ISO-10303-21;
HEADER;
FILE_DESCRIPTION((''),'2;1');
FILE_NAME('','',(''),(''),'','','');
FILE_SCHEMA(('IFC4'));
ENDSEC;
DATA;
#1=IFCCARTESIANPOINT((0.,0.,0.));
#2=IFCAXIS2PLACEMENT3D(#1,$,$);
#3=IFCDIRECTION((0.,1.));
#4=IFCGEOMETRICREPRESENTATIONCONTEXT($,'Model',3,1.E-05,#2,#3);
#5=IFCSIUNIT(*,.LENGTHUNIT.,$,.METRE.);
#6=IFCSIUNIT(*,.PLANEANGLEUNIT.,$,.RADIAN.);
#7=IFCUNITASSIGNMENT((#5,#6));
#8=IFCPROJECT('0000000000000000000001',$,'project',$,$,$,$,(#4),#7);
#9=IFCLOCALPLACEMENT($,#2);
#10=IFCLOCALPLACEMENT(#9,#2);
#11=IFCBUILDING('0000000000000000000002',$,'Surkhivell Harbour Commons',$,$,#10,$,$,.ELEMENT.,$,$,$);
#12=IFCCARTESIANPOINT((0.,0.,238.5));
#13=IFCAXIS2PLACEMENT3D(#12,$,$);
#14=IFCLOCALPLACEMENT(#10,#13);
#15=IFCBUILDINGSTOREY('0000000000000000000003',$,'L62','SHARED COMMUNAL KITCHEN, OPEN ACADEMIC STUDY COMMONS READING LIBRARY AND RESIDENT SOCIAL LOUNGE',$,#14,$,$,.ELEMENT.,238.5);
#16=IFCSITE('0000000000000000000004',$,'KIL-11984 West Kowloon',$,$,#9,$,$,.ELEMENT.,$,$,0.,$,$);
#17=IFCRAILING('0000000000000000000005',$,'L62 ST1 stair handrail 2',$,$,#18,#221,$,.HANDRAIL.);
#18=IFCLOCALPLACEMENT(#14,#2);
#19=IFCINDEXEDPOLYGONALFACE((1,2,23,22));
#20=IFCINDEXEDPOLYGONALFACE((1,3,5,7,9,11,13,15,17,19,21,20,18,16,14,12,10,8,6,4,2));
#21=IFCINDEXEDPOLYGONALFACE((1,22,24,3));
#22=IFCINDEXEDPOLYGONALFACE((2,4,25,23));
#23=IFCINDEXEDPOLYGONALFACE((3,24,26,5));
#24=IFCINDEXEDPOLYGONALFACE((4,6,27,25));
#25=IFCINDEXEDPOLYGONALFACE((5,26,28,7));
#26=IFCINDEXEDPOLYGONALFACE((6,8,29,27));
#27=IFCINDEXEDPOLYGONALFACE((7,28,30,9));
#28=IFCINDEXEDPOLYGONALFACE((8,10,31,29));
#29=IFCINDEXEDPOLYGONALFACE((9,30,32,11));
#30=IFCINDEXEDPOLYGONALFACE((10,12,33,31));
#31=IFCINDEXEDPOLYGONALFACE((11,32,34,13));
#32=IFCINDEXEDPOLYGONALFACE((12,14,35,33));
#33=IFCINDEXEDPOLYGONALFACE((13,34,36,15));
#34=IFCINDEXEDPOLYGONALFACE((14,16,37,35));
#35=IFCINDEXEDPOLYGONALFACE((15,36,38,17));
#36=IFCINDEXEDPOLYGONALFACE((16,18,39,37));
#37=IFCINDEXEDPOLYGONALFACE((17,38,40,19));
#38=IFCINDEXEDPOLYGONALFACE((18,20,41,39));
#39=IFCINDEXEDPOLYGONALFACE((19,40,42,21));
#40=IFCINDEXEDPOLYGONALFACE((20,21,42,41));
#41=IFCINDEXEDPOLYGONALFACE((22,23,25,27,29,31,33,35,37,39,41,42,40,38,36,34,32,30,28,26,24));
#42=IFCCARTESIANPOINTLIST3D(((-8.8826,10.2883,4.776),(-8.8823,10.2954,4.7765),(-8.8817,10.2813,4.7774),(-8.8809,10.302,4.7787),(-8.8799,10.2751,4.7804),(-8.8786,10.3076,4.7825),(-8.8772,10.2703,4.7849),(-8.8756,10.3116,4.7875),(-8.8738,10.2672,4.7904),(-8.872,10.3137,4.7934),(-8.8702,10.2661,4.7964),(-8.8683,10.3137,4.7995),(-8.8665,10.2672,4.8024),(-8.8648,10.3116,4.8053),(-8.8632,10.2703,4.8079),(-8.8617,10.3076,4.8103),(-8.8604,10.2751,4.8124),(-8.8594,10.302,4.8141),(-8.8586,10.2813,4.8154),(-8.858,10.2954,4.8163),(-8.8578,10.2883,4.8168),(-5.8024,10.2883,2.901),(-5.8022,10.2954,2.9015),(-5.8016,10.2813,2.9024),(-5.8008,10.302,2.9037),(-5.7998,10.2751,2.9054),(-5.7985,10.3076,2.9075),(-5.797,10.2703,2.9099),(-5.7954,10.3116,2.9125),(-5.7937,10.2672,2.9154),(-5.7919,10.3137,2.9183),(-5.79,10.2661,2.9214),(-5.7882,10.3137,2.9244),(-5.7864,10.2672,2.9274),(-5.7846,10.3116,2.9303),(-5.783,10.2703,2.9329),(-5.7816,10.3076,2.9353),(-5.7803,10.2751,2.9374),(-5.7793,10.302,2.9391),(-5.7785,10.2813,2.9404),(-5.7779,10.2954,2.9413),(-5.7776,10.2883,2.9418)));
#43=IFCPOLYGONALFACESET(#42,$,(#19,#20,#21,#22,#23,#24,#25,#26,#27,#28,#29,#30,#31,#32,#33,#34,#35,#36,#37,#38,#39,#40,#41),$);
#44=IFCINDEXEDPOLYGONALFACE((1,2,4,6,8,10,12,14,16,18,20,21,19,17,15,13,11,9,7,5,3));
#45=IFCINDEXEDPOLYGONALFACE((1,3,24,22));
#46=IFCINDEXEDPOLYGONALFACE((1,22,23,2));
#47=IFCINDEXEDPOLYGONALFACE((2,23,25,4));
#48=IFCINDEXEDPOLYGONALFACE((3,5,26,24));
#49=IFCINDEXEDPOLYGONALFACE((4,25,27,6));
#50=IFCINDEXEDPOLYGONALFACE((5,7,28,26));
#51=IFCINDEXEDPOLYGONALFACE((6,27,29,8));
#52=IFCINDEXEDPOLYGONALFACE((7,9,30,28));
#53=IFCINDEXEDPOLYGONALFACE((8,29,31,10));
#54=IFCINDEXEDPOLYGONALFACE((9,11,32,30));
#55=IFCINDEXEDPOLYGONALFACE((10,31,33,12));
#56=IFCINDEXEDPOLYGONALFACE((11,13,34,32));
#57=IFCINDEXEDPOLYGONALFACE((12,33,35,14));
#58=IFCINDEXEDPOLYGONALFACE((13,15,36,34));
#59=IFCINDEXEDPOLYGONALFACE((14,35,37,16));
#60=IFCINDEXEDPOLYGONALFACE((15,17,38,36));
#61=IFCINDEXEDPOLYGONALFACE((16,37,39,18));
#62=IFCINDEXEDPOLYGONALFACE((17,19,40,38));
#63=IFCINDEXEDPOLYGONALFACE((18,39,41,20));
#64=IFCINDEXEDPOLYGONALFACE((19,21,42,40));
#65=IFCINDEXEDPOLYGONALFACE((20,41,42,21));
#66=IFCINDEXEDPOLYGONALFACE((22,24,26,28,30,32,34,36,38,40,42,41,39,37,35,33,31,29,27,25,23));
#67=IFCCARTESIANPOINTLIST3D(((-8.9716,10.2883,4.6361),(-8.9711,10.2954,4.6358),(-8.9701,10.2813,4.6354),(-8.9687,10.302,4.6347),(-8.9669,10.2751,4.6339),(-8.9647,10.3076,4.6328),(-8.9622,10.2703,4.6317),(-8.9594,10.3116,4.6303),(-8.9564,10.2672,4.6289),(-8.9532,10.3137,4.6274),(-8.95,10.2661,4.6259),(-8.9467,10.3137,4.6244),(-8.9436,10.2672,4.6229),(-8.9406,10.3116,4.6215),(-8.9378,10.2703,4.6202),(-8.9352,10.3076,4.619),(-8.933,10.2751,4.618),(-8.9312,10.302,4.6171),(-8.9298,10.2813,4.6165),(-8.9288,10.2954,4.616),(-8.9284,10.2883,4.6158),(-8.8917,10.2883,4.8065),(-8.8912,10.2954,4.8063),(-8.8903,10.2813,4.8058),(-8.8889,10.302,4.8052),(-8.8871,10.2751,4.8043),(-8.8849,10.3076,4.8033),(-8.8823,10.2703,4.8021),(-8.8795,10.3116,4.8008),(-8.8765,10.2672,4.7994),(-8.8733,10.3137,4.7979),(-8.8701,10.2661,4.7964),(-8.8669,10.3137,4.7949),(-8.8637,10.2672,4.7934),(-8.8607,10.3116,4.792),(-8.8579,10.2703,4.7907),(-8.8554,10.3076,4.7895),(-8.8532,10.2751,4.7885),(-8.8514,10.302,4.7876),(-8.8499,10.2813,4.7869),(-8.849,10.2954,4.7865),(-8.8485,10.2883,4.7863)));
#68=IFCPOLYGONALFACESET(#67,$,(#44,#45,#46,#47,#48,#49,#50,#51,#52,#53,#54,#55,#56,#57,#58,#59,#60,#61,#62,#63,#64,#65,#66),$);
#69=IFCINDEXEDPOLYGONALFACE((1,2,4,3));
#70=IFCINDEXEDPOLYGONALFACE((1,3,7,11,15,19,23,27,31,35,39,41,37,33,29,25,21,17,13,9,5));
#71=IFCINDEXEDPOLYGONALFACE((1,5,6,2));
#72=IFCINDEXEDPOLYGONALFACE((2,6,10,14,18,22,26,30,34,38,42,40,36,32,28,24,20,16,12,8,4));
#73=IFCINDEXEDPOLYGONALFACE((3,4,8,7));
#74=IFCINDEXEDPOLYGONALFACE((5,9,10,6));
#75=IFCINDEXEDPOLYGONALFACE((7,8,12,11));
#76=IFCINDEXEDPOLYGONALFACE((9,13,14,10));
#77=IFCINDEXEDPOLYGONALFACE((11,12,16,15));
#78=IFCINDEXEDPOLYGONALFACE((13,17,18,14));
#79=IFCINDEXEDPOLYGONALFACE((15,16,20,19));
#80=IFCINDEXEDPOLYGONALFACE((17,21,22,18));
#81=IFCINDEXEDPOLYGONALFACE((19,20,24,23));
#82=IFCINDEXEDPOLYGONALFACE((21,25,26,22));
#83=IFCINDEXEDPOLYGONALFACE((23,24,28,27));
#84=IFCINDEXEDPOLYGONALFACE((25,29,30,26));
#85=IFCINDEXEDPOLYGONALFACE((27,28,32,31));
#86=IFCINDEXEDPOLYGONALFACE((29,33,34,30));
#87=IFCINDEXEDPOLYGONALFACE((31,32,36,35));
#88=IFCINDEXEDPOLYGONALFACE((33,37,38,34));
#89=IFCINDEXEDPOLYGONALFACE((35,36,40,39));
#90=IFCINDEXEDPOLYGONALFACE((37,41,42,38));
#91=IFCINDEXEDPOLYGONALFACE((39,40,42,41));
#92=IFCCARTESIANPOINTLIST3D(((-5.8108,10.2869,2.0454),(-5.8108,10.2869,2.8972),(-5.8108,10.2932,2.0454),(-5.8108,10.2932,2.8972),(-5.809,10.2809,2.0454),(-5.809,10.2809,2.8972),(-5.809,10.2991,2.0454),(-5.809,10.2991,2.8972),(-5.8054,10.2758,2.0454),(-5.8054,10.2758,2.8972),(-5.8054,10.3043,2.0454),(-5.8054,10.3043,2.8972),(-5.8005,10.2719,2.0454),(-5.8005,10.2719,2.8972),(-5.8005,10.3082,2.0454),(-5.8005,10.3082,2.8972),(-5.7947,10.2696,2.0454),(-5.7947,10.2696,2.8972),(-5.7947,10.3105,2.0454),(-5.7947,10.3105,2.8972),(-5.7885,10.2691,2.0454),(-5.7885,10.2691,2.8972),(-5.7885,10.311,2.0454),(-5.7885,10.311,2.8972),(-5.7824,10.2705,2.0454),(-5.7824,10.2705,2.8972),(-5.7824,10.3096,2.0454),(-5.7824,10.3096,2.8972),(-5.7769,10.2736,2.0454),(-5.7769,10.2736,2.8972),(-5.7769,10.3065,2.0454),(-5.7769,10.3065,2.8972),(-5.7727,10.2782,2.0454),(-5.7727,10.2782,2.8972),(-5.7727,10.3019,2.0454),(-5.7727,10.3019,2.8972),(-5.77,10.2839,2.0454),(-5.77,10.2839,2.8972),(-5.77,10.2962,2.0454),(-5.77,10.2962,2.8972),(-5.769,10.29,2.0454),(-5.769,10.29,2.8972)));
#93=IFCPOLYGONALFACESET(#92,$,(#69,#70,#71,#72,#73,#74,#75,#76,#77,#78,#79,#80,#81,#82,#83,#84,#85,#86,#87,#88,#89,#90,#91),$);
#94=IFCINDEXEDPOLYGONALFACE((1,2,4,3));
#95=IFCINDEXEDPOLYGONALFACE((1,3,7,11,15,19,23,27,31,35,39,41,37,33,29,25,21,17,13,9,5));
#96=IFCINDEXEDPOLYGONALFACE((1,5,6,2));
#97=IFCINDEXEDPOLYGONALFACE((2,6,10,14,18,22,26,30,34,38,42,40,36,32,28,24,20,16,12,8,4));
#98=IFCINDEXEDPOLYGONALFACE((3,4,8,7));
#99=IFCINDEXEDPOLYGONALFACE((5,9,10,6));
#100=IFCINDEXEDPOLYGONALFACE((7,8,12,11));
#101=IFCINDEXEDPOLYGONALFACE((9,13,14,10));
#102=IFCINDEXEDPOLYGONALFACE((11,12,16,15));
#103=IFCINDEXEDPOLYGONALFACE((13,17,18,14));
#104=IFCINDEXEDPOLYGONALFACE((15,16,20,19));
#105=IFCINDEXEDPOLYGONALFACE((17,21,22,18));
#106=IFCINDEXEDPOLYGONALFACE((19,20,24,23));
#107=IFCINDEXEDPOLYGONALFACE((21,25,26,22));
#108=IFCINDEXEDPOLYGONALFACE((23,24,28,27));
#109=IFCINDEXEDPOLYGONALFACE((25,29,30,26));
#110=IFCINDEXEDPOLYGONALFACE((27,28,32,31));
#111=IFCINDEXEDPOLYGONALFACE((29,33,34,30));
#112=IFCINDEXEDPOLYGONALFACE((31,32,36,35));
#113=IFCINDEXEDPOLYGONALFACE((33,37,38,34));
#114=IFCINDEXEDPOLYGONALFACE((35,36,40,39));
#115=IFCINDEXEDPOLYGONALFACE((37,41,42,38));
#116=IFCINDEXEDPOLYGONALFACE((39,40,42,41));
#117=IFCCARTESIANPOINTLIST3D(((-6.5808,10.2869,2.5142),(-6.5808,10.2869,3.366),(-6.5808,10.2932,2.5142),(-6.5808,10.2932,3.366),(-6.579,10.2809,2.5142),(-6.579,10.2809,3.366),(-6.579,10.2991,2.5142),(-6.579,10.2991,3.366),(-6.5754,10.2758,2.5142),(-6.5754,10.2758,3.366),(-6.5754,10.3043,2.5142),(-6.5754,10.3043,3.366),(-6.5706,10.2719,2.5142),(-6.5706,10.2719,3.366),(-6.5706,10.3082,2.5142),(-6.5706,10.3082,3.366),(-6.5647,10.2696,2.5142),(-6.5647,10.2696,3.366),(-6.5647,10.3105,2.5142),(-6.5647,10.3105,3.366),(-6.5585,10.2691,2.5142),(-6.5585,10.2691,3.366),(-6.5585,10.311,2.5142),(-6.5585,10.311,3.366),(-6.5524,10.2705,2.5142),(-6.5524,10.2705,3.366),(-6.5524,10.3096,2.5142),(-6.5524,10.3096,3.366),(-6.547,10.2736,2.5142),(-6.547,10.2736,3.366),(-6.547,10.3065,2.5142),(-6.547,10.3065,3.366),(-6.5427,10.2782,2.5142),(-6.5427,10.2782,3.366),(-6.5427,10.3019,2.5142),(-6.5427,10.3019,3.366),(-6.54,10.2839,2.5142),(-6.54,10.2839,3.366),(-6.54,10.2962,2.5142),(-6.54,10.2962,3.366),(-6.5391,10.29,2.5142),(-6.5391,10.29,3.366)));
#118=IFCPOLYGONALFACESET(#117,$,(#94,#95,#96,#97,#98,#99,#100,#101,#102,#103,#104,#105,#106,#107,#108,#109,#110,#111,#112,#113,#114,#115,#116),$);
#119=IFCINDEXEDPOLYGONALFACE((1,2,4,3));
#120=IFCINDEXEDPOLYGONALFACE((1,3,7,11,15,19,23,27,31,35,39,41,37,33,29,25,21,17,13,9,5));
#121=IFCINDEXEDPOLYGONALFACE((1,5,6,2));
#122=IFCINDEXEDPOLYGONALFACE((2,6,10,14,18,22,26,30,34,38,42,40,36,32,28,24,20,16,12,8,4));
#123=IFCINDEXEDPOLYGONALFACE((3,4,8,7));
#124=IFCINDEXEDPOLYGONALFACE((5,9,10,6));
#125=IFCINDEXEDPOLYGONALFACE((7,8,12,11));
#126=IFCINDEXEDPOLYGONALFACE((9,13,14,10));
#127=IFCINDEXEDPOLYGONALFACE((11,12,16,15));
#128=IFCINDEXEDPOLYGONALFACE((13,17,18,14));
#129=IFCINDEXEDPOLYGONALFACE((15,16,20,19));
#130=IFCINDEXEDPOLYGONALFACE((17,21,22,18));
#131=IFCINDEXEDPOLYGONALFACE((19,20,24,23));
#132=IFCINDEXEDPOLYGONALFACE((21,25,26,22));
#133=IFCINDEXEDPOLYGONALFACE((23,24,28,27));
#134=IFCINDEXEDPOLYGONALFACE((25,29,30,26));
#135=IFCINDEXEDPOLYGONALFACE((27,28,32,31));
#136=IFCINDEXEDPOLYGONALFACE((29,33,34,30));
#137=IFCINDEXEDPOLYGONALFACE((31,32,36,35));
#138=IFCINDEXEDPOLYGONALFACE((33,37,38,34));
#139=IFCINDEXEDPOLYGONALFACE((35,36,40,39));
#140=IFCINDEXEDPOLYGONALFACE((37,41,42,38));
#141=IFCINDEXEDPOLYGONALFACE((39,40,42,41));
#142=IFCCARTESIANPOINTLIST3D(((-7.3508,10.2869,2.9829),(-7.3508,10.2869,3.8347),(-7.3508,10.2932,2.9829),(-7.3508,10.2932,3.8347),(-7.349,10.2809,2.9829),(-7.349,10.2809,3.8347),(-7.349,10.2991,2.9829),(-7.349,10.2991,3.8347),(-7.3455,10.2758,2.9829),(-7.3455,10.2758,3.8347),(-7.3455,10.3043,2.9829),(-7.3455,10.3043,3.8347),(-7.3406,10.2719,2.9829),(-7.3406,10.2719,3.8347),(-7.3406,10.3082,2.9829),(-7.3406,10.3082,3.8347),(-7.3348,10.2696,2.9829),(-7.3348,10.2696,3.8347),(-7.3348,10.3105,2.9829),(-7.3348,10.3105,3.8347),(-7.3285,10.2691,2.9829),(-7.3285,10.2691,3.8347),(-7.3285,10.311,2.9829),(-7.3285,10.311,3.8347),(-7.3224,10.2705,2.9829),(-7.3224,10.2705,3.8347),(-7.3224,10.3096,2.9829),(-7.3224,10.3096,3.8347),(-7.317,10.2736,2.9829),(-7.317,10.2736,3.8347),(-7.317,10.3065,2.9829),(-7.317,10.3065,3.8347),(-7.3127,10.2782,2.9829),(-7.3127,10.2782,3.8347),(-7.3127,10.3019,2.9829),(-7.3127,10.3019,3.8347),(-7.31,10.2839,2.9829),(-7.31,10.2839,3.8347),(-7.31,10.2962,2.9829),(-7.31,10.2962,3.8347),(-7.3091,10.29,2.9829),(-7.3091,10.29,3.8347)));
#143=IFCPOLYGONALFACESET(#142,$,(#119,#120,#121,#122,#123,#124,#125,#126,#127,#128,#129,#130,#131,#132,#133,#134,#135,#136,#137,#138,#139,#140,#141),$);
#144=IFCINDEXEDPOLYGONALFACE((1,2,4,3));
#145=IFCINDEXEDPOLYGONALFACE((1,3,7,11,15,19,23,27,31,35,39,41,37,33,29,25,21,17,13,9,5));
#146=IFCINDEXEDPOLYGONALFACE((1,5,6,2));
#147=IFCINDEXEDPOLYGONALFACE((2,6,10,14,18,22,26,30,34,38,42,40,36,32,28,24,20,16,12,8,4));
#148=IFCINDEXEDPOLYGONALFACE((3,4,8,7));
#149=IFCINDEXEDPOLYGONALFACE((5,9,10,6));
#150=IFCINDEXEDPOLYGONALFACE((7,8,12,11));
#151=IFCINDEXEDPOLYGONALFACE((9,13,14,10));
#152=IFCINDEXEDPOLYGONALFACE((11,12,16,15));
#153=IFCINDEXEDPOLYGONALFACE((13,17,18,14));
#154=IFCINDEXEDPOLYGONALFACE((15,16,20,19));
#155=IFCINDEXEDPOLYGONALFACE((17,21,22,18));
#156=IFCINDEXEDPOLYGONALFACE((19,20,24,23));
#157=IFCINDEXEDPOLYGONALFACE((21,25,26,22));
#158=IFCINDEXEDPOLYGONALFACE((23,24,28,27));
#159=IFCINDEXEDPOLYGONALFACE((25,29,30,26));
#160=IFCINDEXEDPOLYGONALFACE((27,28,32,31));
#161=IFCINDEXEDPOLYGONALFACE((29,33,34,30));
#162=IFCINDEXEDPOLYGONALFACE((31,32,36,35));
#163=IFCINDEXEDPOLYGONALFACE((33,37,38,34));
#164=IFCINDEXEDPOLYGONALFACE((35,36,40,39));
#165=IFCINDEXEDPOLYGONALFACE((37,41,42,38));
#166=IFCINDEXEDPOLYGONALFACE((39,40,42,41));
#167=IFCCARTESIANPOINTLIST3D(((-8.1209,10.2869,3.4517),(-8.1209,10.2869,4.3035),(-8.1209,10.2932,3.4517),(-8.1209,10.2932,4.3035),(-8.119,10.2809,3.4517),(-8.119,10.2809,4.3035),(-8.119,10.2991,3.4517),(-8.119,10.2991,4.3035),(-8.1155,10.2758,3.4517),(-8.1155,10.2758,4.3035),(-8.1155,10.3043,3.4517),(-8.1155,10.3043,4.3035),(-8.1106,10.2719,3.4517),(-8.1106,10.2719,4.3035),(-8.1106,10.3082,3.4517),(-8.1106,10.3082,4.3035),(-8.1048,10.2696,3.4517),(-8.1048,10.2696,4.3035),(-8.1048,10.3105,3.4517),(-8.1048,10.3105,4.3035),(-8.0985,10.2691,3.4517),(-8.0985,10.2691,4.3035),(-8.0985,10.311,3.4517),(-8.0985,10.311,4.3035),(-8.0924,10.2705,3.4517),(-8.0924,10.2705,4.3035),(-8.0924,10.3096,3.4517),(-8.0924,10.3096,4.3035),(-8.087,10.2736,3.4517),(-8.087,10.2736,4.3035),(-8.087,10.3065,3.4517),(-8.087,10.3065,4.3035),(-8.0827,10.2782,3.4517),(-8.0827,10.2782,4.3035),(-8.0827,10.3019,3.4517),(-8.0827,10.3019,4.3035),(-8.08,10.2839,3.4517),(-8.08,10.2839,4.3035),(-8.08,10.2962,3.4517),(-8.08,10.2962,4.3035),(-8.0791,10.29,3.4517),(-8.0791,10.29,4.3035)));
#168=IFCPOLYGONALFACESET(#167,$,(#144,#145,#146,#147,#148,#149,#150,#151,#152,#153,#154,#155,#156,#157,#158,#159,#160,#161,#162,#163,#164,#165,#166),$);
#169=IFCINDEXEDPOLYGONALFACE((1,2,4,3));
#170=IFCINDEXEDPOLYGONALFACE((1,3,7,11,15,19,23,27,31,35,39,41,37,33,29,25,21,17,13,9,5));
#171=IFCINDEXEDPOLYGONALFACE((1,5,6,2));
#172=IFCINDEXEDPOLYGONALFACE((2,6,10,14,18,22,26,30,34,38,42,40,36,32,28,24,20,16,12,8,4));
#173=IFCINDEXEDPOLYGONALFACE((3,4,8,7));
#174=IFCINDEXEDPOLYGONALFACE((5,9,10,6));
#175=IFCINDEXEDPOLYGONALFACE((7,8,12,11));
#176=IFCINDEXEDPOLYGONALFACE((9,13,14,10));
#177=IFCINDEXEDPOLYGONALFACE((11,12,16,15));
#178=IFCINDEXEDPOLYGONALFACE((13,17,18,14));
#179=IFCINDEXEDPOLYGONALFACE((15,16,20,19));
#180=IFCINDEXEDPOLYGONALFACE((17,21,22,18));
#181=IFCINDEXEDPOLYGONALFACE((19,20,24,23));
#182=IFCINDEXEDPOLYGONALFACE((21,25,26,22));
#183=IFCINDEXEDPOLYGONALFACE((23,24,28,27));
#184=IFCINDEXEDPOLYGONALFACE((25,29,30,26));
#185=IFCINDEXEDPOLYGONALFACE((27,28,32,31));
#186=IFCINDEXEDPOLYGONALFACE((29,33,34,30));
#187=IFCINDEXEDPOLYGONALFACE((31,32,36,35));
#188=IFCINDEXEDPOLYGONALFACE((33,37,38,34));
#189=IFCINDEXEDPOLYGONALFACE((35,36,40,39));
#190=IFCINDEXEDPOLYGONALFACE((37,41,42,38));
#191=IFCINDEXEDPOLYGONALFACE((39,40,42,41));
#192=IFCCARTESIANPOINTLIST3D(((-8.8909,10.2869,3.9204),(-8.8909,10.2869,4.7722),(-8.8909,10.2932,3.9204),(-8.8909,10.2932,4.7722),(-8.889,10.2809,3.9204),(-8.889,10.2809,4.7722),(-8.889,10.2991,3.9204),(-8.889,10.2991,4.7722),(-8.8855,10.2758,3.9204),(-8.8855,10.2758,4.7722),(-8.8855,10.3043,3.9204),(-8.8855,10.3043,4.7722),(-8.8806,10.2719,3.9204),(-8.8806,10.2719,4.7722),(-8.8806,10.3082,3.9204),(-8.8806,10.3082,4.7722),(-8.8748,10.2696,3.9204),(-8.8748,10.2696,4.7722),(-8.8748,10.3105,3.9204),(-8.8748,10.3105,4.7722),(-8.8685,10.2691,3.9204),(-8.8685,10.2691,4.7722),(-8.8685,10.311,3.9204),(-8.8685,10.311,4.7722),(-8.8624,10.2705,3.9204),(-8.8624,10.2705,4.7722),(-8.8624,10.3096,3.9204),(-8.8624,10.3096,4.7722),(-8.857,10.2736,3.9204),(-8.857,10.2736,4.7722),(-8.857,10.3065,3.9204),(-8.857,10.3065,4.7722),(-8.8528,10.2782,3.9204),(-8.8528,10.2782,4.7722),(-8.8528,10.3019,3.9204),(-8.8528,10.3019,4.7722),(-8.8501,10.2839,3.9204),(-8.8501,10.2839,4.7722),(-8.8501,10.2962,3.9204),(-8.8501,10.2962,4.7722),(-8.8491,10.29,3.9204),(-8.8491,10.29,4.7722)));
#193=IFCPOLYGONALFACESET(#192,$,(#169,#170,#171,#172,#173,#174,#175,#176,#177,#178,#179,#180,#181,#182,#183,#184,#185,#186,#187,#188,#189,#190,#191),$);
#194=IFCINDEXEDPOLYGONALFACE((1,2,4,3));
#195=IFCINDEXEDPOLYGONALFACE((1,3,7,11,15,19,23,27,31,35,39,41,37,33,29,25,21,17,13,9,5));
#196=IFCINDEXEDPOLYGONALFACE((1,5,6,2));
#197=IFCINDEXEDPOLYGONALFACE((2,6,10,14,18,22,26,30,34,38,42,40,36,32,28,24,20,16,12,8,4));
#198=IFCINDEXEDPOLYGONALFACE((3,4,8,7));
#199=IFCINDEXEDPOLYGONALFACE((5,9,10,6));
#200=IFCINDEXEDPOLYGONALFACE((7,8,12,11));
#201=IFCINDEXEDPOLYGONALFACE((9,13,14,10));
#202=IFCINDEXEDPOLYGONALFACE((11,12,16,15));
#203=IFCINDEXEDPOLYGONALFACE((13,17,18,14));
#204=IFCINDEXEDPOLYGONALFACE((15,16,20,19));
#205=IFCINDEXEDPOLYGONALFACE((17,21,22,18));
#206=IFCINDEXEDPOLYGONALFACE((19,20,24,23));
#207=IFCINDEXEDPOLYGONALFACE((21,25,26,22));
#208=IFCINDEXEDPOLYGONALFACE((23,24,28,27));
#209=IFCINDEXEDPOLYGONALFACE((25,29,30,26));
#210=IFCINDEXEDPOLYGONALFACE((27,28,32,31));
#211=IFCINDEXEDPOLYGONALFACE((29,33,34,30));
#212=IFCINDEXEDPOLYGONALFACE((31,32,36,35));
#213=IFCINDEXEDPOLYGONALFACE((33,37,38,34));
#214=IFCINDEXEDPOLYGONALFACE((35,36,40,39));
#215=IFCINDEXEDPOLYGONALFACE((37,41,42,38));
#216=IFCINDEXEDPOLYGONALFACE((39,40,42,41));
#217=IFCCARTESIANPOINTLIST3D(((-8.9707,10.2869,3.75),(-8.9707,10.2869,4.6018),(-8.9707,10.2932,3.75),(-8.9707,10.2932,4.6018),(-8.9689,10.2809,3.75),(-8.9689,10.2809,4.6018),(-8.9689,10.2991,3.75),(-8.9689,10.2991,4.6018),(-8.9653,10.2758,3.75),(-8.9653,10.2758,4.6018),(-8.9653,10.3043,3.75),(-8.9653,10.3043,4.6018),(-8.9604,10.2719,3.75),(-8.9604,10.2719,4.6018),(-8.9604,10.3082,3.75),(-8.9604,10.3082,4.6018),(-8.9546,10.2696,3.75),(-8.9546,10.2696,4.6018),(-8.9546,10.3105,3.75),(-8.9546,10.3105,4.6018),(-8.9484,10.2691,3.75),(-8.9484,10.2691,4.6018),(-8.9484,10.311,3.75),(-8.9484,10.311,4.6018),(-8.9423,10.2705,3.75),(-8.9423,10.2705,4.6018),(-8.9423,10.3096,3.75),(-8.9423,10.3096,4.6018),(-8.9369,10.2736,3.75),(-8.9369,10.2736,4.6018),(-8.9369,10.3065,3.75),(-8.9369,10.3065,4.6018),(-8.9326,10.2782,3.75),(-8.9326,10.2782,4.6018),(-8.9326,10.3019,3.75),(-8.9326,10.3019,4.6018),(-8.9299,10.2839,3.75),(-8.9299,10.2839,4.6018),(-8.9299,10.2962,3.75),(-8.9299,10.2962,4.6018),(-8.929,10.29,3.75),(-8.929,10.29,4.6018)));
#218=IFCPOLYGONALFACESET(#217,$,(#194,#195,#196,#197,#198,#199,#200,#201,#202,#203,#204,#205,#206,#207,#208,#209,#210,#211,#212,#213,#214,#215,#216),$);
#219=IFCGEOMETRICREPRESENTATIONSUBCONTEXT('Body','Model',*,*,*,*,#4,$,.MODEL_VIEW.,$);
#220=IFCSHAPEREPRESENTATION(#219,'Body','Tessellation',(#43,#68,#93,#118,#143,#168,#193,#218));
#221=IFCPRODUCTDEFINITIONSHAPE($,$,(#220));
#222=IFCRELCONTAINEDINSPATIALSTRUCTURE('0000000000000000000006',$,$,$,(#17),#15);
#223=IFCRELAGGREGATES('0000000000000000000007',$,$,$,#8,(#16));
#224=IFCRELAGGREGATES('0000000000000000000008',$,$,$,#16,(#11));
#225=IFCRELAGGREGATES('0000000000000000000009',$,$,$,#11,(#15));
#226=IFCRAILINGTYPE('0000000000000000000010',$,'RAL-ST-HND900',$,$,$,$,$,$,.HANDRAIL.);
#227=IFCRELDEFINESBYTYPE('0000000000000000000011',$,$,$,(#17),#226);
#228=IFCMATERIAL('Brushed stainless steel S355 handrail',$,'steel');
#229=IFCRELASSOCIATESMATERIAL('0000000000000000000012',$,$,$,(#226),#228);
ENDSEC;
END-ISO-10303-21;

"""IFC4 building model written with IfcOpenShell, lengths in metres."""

from ifc_helpers import new_model, si_unit, direction, frame, origin, origin_2d, place, context, subcontext, project, spatial, circle, extrude, material, type_object, element, save


model = new_model("IFC4")

# Units and contexts
model_context = context("Model", 3, precision=1e-05, world=origin(), true_north=direction((0.0, 1.0)))
body_context = subcontext(model_context, "Body", "Model", "MODEL_VIEW")
ifc_project = project(units=[si_unit("LENGTHUNIT", "METRE"), si_unit("PLANEANGLEUNIT", "RADIAN")], contexts=[model_context])

# Site, building, storey
site_placement = place(None, origin())
site = spatial("IfcSite", under=ifc_project, at=site_placement, Name="KIL-11984 West Kowloon", CompositionType="ELEMENT", RefElevation=0.0)
building_placement = place(site_placement, origin())
building = spatial("IfcBuilding", under=site, at=building_placement, Name="Surkhivell Harbour Commons", CompositionType="ELEMENT")
storey_placement = place(building_placement, frame((0.0, 0.0, 238.5)))
storey = spatial("IfcBuildingStorey", under=building, at=storey_placement, Name="L62", Description="SHARED COMMUNAL KITCHEN, OPEN ACADEMIC STUDY COMMONS READING LIBRARY AND RESIDENT SOCIAL LOUNGE", CompositionType="ELEMENT", Elevation=238.5)

# Railing
ifc_material_1 = material(Name="Brushed stainless steel S355 handrail", Category="steel")
railing_type_1 = type_object("IfcRailingType", Name="RAL-ST-HND900", PredefinedType="HANDRAIL", material=ifc_material_1)
railing_1_placement = place(storey_placement, frame((-5.79, 10.29, 2.0454)))
element("IfcRailing", 1, at=railing_1_placement, inside=storey, type_object=railing_type_1, Name="L62 ST1 stair handrail 2", PredefinedType="HANDRAIL", context=body_context, shape_type="SweptSolid", body=[
    extrude(circle(Radius=0.0239, at=origin_2d()), frame((0.0, 0.0, 0.876), z_axis=(-0.854178, 0.0, 0.519981), x_axis=(0.0, -1.0, 0.0)), (0.0, 0.0, 1.0), 3.606),
    extrude(circle(Radius=0.0239, at=origin_2d()), frame((-3.0801, 0.0, 2.751), z_axis=(-0.424234, 0.0, -0.905552), x_axis=(0.0, -1.0, 0.0)), (0.0, 0.0, 1.0), 0.1882),
    extrude(circle(Radius=0.021, at=origin_2d()), origin(), (0.0, 0.0, 1.0), 0.8518),
    extrude(circle(Radius=0.021, at=origin_2d()), frame((-0.77, 0.0, 0.4688)), (0.0, 0.0, 1.0), 0.8518),
    extrude(circle(Radius=0.021, at=origin_2d()), frame((-1.54, 0.0, 0.9375)), (0.0, 0.0, 1.0), 0.8518),
    extrude(circle(Radius=0.021, at=origin_2d()), frame((-2.3101, 0.0, 1.4062)), (0.0, 0.0, 1.0), 0.8518),
    extrude(circle(Radius=0.021, at=origin_2d()), frame((-3.0801, 0.0, 1.875)), (0.0, 0.0, 1.0), 0.8518),
    extrude(circle(Radius=0.021, at=origin_2d()), frame((-3.1599, 0.0, 1.7046)), (0.0, 0.0, 1.0), 0.8518),
])

save(model, "model.ifc")
